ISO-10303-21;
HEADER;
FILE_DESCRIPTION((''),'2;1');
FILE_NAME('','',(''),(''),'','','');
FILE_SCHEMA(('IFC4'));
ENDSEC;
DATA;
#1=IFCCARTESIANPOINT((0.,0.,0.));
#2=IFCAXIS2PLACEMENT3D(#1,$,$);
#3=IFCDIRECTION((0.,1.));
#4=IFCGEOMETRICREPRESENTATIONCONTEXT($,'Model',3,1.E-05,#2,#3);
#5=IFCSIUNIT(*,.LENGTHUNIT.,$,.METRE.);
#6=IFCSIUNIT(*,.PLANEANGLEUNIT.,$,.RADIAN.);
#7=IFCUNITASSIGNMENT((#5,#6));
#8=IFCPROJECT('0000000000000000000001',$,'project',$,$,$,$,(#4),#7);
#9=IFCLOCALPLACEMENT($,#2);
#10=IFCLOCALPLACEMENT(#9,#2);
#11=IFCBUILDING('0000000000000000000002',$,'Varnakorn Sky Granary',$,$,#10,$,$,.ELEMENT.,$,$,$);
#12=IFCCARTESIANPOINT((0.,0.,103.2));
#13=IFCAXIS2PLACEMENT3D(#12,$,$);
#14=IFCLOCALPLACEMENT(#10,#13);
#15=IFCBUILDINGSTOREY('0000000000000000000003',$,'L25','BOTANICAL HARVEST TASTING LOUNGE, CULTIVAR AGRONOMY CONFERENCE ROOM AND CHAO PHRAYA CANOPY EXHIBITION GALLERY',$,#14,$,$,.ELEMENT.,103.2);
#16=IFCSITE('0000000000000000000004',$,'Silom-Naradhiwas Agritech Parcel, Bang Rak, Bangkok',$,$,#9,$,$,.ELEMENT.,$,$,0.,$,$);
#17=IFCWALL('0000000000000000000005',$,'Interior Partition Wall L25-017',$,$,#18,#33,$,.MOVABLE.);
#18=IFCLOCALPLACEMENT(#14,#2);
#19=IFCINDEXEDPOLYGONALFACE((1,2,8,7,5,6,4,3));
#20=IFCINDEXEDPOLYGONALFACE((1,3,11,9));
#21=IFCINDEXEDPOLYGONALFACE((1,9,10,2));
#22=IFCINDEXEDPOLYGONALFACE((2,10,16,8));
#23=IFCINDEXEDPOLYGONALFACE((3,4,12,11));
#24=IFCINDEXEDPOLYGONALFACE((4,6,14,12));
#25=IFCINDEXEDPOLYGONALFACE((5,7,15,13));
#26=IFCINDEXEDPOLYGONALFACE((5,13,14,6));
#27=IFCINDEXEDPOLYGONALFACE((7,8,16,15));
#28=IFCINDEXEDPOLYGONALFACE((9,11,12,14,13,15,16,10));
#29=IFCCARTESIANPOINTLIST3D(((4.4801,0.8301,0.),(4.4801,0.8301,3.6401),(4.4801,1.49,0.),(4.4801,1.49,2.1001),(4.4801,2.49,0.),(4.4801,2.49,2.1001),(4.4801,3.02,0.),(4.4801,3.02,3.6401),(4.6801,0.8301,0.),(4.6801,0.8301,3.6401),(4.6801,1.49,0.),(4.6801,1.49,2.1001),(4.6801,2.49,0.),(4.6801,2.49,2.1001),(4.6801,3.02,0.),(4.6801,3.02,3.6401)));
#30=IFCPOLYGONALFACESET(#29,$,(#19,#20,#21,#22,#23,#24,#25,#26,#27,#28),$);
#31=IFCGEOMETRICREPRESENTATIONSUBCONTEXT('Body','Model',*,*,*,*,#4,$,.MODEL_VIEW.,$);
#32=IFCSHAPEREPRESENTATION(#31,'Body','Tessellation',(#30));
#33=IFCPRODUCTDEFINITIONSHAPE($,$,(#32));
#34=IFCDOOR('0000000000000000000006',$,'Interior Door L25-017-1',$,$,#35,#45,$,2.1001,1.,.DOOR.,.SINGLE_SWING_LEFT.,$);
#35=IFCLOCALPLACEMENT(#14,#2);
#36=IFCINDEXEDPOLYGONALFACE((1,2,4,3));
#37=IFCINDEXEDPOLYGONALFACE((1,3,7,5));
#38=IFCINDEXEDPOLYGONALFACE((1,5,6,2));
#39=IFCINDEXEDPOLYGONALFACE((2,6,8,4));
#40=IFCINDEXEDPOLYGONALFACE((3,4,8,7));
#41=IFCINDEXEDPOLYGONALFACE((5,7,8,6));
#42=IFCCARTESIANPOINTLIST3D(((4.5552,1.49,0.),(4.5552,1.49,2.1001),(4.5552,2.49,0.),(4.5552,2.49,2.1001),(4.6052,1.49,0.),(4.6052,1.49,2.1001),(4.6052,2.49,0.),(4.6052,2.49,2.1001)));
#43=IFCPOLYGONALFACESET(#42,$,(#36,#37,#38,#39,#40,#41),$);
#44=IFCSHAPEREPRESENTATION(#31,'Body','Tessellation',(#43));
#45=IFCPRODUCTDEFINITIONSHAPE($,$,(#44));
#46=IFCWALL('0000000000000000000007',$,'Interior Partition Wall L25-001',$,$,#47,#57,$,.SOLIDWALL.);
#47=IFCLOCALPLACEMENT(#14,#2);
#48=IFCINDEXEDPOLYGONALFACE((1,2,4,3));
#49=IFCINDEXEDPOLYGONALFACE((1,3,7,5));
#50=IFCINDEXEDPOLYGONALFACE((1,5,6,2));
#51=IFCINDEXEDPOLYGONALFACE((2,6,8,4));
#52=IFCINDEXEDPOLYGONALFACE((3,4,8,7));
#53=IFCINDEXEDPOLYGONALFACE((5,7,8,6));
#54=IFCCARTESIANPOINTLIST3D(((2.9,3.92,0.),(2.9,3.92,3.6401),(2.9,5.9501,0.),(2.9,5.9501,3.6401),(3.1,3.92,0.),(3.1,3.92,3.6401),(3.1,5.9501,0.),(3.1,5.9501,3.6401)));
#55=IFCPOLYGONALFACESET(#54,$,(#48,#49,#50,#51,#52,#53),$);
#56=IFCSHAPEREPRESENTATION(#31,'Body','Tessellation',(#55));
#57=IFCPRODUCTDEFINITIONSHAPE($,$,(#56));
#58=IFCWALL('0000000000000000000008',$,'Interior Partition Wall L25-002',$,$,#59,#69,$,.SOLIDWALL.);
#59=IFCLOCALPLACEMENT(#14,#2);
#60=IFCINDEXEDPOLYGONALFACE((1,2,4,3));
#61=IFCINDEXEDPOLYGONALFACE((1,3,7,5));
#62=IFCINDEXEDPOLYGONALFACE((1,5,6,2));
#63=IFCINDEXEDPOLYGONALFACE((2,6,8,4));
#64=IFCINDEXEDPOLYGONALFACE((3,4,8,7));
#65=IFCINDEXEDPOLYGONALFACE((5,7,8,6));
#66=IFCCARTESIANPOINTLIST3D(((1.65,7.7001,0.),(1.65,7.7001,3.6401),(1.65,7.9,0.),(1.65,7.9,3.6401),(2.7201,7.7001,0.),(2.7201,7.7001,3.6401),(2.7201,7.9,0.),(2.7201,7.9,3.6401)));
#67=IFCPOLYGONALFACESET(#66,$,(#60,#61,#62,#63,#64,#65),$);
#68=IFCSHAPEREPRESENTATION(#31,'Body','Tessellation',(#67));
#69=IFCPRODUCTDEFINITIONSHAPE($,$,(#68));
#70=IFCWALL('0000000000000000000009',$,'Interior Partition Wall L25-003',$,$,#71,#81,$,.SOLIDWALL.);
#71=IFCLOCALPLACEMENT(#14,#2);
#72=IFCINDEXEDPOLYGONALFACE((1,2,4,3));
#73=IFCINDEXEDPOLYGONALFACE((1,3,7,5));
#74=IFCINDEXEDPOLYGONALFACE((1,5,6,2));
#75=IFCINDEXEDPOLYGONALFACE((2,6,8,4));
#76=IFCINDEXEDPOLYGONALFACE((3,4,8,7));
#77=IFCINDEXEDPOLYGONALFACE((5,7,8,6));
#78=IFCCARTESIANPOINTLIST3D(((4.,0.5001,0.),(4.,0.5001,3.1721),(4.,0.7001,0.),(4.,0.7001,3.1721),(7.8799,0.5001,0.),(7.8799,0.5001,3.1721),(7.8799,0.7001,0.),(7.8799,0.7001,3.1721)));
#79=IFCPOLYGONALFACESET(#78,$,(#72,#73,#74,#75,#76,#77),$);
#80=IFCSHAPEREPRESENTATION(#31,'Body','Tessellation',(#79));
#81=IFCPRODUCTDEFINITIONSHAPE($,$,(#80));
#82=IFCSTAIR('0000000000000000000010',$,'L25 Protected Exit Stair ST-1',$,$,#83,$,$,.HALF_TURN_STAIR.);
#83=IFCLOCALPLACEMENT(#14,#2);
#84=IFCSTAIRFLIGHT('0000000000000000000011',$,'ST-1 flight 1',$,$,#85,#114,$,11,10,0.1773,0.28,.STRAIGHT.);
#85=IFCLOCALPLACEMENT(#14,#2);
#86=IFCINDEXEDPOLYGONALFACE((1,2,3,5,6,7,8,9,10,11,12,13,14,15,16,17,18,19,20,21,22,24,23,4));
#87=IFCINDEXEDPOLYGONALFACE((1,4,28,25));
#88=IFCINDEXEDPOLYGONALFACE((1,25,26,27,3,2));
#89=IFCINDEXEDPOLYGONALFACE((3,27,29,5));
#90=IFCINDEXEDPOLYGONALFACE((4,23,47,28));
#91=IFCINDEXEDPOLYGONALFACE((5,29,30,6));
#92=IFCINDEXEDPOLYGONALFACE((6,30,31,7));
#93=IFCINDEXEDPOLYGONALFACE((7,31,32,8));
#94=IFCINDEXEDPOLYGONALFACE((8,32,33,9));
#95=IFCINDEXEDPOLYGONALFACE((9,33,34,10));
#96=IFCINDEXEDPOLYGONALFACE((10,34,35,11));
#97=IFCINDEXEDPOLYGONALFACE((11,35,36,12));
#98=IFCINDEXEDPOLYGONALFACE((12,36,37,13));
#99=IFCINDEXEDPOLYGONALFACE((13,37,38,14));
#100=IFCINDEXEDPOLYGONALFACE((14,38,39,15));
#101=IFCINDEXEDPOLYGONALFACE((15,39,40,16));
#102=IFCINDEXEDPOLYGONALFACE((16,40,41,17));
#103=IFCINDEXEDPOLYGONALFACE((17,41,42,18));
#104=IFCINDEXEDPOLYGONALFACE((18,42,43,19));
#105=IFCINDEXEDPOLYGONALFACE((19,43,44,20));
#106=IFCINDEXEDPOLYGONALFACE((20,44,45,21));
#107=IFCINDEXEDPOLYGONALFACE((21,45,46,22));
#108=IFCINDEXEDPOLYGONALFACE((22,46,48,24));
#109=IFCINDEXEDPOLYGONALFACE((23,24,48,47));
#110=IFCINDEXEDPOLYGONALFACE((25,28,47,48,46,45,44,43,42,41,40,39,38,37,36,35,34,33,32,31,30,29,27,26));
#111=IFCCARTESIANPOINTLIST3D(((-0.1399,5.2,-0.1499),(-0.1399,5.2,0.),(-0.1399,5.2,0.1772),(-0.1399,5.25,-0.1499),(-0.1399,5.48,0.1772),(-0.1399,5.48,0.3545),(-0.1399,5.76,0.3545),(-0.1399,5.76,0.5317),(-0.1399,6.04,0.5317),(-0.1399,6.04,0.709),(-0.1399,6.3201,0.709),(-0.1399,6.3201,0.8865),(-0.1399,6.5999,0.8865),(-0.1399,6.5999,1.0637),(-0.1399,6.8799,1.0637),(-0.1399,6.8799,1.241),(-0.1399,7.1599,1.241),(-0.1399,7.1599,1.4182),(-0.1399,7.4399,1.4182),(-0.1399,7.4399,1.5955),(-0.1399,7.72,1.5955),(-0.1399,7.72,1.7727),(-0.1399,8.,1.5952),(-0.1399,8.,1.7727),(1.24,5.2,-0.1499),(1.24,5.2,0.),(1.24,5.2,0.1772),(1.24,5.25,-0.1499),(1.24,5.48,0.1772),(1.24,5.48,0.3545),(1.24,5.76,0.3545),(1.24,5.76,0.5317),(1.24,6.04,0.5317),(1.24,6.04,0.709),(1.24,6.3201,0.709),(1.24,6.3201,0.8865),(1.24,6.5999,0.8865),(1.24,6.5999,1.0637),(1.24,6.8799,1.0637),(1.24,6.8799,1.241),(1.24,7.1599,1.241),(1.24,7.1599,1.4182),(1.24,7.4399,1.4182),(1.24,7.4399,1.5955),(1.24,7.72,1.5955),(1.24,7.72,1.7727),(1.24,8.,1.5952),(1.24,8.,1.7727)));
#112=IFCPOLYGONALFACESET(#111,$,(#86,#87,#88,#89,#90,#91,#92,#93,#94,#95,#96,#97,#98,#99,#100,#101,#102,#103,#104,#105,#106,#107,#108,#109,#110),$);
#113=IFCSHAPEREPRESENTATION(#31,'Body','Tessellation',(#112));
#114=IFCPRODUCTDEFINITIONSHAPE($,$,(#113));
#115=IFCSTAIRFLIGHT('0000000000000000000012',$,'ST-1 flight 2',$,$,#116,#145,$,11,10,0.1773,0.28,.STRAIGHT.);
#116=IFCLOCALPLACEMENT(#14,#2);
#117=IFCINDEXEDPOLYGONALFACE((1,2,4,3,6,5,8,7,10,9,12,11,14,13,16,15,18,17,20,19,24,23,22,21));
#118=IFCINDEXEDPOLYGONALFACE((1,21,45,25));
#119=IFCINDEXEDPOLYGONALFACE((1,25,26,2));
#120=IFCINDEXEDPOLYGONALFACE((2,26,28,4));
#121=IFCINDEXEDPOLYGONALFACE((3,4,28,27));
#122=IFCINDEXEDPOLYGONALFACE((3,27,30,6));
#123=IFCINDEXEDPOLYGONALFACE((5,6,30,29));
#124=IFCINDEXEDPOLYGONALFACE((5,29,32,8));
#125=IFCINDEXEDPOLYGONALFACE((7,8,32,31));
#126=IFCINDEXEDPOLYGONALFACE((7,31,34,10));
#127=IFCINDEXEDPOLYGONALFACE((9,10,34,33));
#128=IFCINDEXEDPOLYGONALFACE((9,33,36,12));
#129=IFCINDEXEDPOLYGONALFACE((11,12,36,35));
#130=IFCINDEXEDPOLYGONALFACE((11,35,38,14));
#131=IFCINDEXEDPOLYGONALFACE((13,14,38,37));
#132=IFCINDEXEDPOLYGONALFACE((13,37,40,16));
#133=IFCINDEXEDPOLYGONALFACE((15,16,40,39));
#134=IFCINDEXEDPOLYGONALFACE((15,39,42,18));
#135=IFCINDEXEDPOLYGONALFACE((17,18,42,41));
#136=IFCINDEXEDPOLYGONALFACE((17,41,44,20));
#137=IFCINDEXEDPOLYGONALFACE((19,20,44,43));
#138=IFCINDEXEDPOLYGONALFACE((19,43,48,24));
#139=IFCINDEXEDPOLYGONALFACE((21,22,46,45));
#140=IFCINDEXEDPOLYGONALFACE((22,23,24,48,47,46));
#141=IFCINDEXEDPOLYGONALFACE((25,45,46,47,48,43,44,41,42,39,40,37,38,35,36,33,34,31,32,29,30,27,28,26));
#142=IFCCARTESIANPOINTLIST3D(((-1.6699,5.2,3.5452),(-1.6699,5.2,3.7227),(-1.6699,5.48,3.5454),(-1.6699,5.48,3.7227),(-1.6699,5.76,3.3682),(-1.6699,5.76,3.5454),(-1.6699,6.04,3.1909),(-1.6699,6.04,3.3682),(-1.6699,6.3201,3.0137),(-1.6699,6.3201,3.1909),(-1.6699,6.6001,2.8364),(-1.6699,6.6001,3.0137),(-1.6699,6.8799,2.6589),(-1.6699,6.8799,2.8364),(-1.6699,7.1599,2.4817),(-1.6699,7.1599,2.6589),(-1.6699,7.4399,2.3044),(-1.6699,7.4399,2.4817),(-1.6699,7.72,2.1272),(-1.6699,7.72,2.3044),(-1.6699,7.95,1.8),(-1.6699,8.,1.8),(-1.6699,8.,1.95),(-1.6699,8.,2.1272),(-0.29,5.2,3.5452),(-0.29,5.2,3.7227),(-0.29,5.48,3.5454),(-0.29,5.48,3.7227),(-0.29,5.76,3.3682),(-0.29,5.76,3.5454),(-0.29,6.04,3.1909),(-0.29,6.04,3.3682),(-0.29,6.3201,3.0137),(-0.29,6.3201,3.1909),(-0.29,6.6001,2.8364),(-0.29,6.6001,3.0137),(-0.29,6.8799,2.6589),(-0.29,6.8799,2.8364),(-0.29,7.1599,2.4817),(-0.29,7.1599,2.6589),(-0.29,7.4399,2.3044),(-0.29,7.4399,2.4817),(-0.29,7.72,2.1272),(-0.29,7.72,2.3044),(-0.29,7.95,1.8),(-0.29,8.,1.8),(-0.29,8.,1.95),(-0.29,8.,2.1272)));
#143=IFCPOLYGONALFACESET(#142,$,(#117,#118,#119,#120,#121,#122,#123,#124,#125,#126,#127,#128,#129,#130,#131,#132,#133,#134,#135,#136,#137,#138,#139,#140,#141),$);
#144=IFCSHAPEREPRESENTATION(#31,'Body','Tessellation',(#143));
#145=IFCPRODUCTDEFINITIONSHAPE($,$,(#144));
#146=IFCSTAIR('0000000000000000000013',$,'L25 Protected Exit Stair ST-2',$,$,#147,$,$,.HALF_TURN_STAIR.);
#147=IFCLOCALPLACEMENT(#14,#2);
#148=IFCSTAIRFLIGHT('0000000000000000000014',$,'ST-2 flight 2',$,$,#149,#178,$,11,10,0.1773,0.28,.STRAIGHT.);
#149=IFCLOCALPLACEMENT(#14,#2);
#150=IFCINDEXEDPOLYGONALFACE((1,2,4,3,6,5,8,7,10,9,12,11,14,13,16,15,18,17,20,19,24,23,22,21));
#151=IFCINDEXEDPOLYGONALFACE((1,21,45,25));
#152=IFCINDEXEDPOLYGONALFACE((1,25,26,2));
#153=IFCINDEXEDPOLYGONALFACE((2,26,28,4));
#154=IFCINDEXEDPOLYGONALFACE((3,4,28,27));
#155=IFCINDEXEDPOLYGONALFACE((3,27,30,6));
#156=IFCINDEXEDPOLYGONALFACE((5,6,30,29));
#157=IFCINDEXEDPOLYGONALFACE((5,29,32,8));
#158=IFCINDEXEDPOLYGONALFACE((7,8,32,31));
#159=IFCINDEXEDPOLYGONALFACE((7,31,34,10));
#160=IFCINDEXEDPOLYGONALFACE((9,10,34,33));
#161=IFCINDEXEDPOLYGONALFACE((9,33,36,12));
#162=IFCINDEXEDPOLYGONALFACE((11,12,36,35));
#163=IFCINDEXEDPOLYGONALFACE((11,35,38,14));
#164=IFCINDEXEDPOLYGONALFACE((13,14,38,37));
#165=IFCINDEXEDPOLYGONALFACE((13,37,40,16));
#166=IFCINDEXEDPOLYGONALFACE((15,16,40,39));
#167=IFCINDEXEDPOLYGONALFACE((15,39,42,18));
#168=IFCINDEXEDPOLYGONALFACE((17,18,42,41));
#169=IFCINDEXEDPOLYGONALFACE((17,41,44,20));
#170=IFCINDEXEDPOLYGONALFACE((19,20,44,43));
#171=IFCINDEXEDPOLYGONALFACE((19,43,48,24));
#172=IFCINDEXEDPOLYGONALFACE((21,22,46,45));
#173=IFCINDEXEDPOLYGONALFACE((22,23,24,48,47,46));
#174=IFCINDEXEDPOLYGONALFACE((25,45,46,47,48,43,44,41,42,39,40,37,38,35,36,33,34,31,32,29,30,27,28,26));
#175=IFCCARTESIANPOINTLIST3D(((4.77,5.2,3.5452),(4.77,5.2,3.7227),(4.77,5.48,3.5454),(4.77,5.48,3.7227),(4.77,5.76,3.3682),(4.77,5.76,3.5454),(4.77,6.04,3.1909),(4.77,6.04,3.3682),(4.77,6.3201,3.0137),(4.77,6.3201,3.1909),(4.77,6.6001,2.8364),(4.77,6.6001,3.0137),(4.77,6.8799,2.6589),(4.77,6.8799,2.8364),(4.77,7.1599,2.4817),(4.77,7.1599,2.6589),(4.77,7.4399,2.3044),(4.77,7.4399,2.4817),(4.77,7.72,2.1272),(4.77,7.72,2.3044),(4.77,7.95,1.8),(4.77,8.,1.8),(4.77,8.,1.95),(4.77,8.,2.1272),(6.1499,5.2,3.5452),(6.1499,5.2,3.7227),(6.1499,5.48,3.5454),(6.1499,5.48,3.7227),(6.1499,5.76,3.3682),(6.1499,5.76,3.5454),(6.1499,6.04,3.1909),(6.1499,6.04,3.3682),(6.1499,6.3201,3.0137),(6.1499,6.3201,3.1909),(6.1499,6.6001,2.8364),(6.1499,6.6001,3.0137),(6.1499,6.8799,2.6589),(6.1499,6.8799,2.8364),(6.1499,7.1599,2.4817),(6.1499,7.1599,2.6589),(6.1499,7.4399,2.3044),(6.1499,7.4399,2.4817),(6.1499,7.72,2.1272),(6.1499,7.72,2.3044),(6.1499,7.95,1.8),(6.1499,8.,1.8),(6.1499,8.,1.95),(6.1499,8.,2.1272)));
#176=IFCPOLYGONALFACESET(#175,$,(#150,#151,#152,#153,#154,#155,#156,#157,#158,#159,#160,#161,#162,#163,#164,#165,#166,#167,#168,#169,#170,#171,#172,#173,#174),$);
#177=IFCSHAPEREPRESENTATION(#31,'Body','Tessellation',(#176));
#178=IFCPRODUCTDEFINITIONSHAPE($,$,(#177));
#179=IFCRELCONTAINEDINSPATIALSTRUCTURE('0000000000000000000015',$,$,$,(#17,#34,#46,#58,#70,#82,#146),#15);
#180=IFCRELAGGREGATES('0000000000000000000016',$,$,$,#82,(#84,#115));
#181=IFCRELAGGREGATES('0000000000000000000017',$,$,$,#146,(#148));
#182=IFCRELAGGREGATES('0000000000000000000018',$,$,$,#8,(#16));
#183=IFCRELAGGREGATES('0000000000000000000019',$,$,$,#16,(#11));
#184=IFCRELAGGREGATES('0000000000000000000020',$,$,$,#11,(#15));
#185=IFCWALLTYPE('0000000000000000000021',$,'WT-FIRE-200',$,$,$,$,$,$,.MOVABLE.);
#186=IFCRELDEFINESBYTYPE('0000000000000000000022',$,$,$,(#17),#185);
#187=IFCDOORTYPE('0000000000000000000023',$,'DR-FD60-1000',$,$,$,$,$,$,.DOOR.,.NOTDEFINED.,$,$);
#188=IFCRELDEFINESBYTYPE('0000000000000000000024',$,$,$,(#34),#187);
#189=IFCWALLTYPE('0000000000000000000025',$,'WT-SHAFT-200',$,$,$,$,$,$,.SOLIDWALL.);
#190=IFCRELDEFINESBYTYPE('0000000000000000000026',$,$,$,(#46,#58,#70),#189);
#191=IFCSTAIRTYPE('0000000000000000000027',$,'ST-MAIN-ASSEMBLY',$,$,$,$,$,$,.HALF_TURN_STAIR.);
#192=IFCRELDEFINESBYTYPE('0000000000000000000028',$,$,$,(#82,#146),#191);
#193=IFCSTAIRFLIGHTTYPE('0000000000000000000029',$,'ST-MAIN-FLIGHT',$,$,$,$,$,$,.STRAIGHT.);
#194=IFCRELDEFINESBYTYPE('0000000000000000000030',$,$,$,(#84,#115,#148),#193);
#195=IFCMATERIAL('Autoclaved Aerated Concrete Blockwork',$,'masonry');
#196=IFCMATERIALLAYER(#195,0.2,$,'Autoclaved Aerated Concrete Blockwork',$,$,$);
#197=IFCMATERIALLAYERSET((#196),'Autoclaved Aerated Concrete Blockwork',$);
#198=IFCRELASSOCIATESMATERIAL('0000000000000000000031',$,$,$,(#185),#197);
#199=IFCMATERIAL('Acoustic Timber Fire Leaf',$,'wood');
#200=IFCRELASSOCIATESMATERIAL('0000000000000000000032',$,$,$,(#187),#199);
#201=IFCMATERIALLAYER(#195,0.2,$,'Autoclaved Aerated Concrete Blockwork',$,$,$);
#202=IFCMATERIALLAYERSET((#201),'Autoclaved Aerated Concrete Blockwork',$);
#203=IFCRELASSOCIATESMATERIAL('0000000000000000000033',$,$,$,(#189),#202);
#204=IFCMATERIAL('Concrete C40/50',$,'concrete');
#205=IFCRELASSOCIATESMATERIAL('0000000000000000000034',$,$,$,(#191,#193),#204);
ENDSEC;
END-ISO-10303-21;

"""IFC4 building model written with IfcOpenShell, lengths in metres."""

from ifc_helpers import new_model, si_unit, direction, frame, frame_2d, origin, place, context, subcontext, project, spatial, polyline, rectangle, outline, extrude, material, layer, layer_set, type_object, element, fill, aggregate, save


model = new_model("IFC4")

# Units and contexts
model_context = context("Model", 3, precision=1e-05, world=origin(), true_north=direction((0.0, 1.0)))
body_context = subcontext(model_context, "Body", "Model", "MODEL_VIEW")
ifc_project = project(units=[si_unit("LENGTHUNIT", "METRE"), si_unit("PLANEANGLEUNIT", "RADIAN")], contexts=[model_context])

# Site, building, storey
site_placement = place(None, origin())
site = spatial("IfcSite", under=ifc_project, at=site_placement, Name="Silom-Naradhiwas Agritech Parcel, Bang Rak, Bangkok", CompositionType="ELEMENT", RefElevation=0.0)
building_placement = place(site_placement, origin())
building = spatial("IfcBuilding", under=site, at=building_placement, Name="Varnakorn Sky Granary", CompositionType="ELEMENT")
storey_placement = place(building_placement, frame((0.0, 0.0, 103.2)))
storey = spatial("IfcBuildingStorey", under=building, at=storey_placement, Name="L25", Description="BOTANICAL HARVEST TASTING LOUNGE, CULTIVAR AGRONOMY CONFERENCE ROOM AND CHAO PHRAYA CANOPY EXHIBITION GALLERY", CompositionType="ELEMENT", Elevation=103.2)

# Shared definitions
ifc_material_1 = material(Name="Autoclaved Aerated Concrete Blockwork", Category="masonry")
ifc_layer_1 = layer(ifc_material_1, 0.2, Name="Autoclaved Aerated Concrete Blockwork")
ifc_layer_set_1 = layer_set([ifc_layer_1], Name="Autoclaved Aerated Concrete Blockwork")
wall_type_1 = type_object("IfcWallType", Name="WT-FIRE-200", PredefinedType="MOVABLE", material=ifc_layer_set_1)
ifc_material_2 = material(Name="Acoustic Timber Fire Leaf", Category="wood")

# Wall, opening, door
wall_1_placement = place(storey_placement, frame((4.5801, 0.8301, 0.0), z_axis=(0.0, 0.0, 1.0), x_axis=(0.0, 1.0, 0.0)))
wall_1 = element("IfcWall", 1, at=wall_1_placement, inside=storey, type_object=wall_type_1, Name="Interior Partition Wall L25-017", PredefinedType="MOVABLE", context=body_context, shape_type="SweptSolid", body=[
    extrude(rectangle(XDim=2.1899, YDim=0.2, at=frame_2d((1.095, 0.0))), origin(), (0.0, 0.0, 1.0), 3.6401),
])
opening_1_placement = place(wall_1_placement, frame((0.6599, 0.0, 0.0)))
opening_1 = element("IfcOpeningElement", 2, at=opening_1_placement, cuts=wall_1, PredefinedType="OPENING", context=body_context, shape_type="SweptSolid", body=[
    extrude(rectangle(XDim=1.0, YDim=2.1001, at=frame_2d((0.5, 1.05))), frame((0.0, 0.1099, 0.0), z_axis=(0.0, -1.0, 0.0), x_axis=(1.0, 0.0, 0.0)), (0.0, 0.0, 1.0), 0.22),
])
door_type_1 = type_object("IfcDoorType", Name="DR-FD60-1000", OperationType="NOTDEFINED", PredefinedType="DOOR", material=ifc_material_2)
door_1_placement = place(opening_1_placement, origin())
door_1 = element("IfcDoor", 3, at=door_1_placement, inside=storey, type_object=door_type_1, Name="Interior Door L25-017-1", OperationType="SINGLE_SWING_LEFT", OverallHeight=2.1001, OverallWidth=1.0, PredefinedType="DOOR", context=body_context, shape_type="SweptSolid", body=[
    extrude(rectangle(XDim=1.0, YDim=2.1001, at=frame_2d((0.5, 1.05))), frame((0.0, 0.0249, 0.0), z_axis=(0.0, -1.0, 0.0), x_axis=(1.0, 0.0, 0.0)), (0.0, 0.0, 1.0), 0.05),
])
fill(opening_1, door_1)

# Walls
ifc_layer_2 = layer(ifc_material_1, 0.2, Name="Autoclaved Aerated Concrete Blockwork")
ifc_layer_set_2 = layer_set([ifc_layer_2], Name="Autoclaved Aerated Concrete Blockwork")
wall_type_2 = type_object("IfcWallType", Name="WT-SHAFT-200", PredefinedType="SOLIDWALL", material=ifc_layer_set_2)
wall_2_placement = place(storey_placement, frame((3.0, 3.9199, 0.0), z_axis=(0.0, 0.0, 1.0), x_axis=(0.0, 1.0, 0.0)))
element("IfcWall", 4, at=wall_2_placement, inside=storey, type_object=wall_type_2, Name="Interior Partition Wall L25-001", PredefinedType="SOLIDWALL", context=body_context, shape_type="SweptSolid", body=[
    extrude(rectangle(XDim=2.03, YDim=0.2, at=frame_2d((1.0151, 0.0))), origin(), (0.0, 0.0, 1.0), 3.6401),
])
wall_3_placement = place(storey_placement, frame((1.6499, 7.8, 0.0), z_axis=(0.0, 0.0, 1.0), x_axis=(1.0, 0.0, 0.0)))
element("IfcWall", 5, at=wall_3_placement, inside=storey, type_object=wall_type_2, Name="Interior Partition Wall L25-002", PredefinedType="SOLIDWALL", context=body_context, shape_type="SweptSolid", body=[
    extrude(rectangle(XDim=1.0701, YDim=0.2, at=frame_2d((0.5352, 0.0))), origin(), (0.0, 0.0, 1.0), 3.6401),
])
wall_4_placement = place(storey_placement, frame((4.0, 0.6001, 0.0), z_axis=(0.0, 0.0, 1.0), x_axis=(1.0, 0.0, 0.0)))
element("IfcWall", 6, at=wall_4_placement, inside=storey, type_object=wall_type_2, Name="Interior Partition Wall L25-003", PredefinedType="SOLIDWALL", context=body_context, shape_type="SweptSolid", body=[
    extrude(rectangle(XDim=3.8799, YDim=0.2, at=frame_2d((1.9399, 0.0))), origin(), (0.0, 0.0, 1.0), 3.1721),
])

# Stair, stair flights
ifc_material_3 = material(Name="Concrete C40/50", Category="concrete")
stair_type = type_object("IfcStairType", Name="ST-MAIN-ASSEMBLY", PredefinedType="HALF_TURN_STAIR", material=ifc_material_3)
stair_1_placement = place(storey_placement, origin())
stair_1 = element("IfcStair", 7, at=stair_1_placement, inside=storey, type_object=stair_type, Name="L25 Protected Exit Stair ST-1", PredefinedType="HALF_TURN_STAIR")
stair_flight_type = type_object("IfcStairFlightType", Name="ST-MAIN-FLIGHT", PredefinedType="STRAIGHT", material=ifc_material_3)
stair_flight_1_placement = place(storey_placement, frame((0.55, 5.2, 0.0), z_axis=(0.0, 0.0, 1.0), x_axis=(0.0, 1.0, 0.0)))
stair_flight_1 = element("IfcStairFlight", 8, at=stair_flight_1_placement, type_object=stair_flight_type, Name="ST-1 flight 1", NumberOfRisers=11, NumberOfTreads=10, PredefinedType="STRAIGHT", RiserHeight=0.1773, TreadLength=0.28, context=body_context, shape_type="SweptSolid", body=[
    extrude(outline(polyline([(0.0, -0.1499), (0.0, 0.0), (0.0, 0.1772), (0.28, 0.1772), (0.28, 0.3545), (0.5601, 0.3545), (0.5601, 0.5317), (0.8401, 0.5317), (0.8401, 0.709), (1.1201, 0.709), (1.1201, 0.8865), (1.3999, 0.8865), (1.3999, 1.0637), (1.6799, 1.0637), (1.6799, 1.241), (1.96, 1.241), (1.96, 1.4182), (2.24, 1.4182), (2.24, 1.5955), (2.52, 1.5955), (2.52, 1.7727), (2.8, 1.7727), (2.8, 1.95), (2.8, 1.5952), (0.05, -0.1499), (0.0, -0.1499)])), frame((0.0, 0.6899, 0.0), z_axis=(0.0, -1.0, 0.0), x_axis=(1.0, 0.0, 0.0)), (0.0, 0.0, 1.0), 1.3799),
])
stair_flight_2_placement = place(storey_placement, frame((-0.98, 8.0, 1.95), z_axis=(0.0, 0.0, 1.0), x_axis=(0.0, -1.0, 0.0)))
stair_flight_2 = element("IfcStairFlight", 9, at=stair_flight_2_placement, type_object=stair_flight_type, Name="ST-1 flight 2", NumberOfRisers=11, NumberOfTreads=10, PredefinedType="STRAIGHT", RiserHeight=0.1773, TreadLength=0.28, context=body_context, shape_type="SweptSolid", body=[
    extrude(outline(polyline([(0.0, -0.1499), (0.0, 0.0), (0.0, 0.1772), (0.28, 0.1772), (0.28, 0.3545), (0.5601, 0.3545), (0.5601, 0.5317), (0.8401, 0.5317), (0.8401, 0.709), (1.1201, 0.709), (1.1201, 0.8865), (1.3999, 0.8865), (1.3999, 1.0637), (1.6799, 1.0637), (1.6799, 1.241), (1.96, 1.241), (1.96, 1.4182), (2.24, 1.4182), (2.24, 1.5955), (2.52, 1.5955), (2.52, 1.7727), (2.8, 1.7727), (2.8, 1.95), (2.8, 1.5952), (0.05, -0.1499), (0.0, -0.1499)])), frame((0.0, 0.6899, 0.0), z_axis=(0.0, -1.0, 0.0), x_axis=(1.0, 0.0, 0.0)), (0.0, 0.0, 1.0), 1.3799),
])
aggregate(stair_1, [stair_flight_1, stair_flight_2])

# Stair, stair flight
stair_2_placement = place(storey_placement, origin())
stair_2 = element("IfcStair", 10, at=stair_2_placement, inside=storey, type_object=stair_type, Name="L25 Protected Exit Stair ST-2", PredefinedType="HALF_TURN_STAIR")
stair_flight_3_placement = place(storey_placement, frame((5.46, 8.0, 1.95), z_axis=(0.0, 0.0, 1.0), x_axis=(0.0, -1.0, 0.0)))
stair_flight_3 = element("IfcStairFlight", 11, at=stair_flight_3_placement, type_object=stair_flight_type, Name="ST-2 flight 2", NumberOfRisers=11, NumberOfTreads=10, PredefinedType="STRAIGHT", RiserHeight=0.1773, TreadLength=0.28, context=body_context, shape_type="SweptSolid", body=[
    extrude(outline(polyline([(0.0, -0.1499), (0.0, 0.0), (0.0, 0.1772), (0.28, 0.1772), (0.28, 0.3545), (0.5601, 0.3545), (0.5601, 0.5317), (0.8401, 0.5317), (0.8401, 0.709), (1.1201, 0.709), (1.1201, 0.8865), (1.3999, 0.8865), (1.3999, 1.0637), (1.6799, 1.0637), (1.6799, 1.241), (1.96, 1.241), (1.96, 1.4182), (2.24, 1.4182), (2.24, 1.5955), (2.52, 1.5955), (2.52, 1.7727), (2.8, 1.7727), (2.8, 1.95), (2.8, 1.5952), (0.05, -0.1499), (0.0, -0.1499)])), frame((0.0, 0.6899, 0.0), z_axis=(0.0, -1.0, 0.0), x_axis=(1.0, 0.0, 0.0)), (0.0, 0.0, 1.0), 1.3799),
])
aggregate(stair_2, [stair_flight_3])

save(model, "model.ifc")
